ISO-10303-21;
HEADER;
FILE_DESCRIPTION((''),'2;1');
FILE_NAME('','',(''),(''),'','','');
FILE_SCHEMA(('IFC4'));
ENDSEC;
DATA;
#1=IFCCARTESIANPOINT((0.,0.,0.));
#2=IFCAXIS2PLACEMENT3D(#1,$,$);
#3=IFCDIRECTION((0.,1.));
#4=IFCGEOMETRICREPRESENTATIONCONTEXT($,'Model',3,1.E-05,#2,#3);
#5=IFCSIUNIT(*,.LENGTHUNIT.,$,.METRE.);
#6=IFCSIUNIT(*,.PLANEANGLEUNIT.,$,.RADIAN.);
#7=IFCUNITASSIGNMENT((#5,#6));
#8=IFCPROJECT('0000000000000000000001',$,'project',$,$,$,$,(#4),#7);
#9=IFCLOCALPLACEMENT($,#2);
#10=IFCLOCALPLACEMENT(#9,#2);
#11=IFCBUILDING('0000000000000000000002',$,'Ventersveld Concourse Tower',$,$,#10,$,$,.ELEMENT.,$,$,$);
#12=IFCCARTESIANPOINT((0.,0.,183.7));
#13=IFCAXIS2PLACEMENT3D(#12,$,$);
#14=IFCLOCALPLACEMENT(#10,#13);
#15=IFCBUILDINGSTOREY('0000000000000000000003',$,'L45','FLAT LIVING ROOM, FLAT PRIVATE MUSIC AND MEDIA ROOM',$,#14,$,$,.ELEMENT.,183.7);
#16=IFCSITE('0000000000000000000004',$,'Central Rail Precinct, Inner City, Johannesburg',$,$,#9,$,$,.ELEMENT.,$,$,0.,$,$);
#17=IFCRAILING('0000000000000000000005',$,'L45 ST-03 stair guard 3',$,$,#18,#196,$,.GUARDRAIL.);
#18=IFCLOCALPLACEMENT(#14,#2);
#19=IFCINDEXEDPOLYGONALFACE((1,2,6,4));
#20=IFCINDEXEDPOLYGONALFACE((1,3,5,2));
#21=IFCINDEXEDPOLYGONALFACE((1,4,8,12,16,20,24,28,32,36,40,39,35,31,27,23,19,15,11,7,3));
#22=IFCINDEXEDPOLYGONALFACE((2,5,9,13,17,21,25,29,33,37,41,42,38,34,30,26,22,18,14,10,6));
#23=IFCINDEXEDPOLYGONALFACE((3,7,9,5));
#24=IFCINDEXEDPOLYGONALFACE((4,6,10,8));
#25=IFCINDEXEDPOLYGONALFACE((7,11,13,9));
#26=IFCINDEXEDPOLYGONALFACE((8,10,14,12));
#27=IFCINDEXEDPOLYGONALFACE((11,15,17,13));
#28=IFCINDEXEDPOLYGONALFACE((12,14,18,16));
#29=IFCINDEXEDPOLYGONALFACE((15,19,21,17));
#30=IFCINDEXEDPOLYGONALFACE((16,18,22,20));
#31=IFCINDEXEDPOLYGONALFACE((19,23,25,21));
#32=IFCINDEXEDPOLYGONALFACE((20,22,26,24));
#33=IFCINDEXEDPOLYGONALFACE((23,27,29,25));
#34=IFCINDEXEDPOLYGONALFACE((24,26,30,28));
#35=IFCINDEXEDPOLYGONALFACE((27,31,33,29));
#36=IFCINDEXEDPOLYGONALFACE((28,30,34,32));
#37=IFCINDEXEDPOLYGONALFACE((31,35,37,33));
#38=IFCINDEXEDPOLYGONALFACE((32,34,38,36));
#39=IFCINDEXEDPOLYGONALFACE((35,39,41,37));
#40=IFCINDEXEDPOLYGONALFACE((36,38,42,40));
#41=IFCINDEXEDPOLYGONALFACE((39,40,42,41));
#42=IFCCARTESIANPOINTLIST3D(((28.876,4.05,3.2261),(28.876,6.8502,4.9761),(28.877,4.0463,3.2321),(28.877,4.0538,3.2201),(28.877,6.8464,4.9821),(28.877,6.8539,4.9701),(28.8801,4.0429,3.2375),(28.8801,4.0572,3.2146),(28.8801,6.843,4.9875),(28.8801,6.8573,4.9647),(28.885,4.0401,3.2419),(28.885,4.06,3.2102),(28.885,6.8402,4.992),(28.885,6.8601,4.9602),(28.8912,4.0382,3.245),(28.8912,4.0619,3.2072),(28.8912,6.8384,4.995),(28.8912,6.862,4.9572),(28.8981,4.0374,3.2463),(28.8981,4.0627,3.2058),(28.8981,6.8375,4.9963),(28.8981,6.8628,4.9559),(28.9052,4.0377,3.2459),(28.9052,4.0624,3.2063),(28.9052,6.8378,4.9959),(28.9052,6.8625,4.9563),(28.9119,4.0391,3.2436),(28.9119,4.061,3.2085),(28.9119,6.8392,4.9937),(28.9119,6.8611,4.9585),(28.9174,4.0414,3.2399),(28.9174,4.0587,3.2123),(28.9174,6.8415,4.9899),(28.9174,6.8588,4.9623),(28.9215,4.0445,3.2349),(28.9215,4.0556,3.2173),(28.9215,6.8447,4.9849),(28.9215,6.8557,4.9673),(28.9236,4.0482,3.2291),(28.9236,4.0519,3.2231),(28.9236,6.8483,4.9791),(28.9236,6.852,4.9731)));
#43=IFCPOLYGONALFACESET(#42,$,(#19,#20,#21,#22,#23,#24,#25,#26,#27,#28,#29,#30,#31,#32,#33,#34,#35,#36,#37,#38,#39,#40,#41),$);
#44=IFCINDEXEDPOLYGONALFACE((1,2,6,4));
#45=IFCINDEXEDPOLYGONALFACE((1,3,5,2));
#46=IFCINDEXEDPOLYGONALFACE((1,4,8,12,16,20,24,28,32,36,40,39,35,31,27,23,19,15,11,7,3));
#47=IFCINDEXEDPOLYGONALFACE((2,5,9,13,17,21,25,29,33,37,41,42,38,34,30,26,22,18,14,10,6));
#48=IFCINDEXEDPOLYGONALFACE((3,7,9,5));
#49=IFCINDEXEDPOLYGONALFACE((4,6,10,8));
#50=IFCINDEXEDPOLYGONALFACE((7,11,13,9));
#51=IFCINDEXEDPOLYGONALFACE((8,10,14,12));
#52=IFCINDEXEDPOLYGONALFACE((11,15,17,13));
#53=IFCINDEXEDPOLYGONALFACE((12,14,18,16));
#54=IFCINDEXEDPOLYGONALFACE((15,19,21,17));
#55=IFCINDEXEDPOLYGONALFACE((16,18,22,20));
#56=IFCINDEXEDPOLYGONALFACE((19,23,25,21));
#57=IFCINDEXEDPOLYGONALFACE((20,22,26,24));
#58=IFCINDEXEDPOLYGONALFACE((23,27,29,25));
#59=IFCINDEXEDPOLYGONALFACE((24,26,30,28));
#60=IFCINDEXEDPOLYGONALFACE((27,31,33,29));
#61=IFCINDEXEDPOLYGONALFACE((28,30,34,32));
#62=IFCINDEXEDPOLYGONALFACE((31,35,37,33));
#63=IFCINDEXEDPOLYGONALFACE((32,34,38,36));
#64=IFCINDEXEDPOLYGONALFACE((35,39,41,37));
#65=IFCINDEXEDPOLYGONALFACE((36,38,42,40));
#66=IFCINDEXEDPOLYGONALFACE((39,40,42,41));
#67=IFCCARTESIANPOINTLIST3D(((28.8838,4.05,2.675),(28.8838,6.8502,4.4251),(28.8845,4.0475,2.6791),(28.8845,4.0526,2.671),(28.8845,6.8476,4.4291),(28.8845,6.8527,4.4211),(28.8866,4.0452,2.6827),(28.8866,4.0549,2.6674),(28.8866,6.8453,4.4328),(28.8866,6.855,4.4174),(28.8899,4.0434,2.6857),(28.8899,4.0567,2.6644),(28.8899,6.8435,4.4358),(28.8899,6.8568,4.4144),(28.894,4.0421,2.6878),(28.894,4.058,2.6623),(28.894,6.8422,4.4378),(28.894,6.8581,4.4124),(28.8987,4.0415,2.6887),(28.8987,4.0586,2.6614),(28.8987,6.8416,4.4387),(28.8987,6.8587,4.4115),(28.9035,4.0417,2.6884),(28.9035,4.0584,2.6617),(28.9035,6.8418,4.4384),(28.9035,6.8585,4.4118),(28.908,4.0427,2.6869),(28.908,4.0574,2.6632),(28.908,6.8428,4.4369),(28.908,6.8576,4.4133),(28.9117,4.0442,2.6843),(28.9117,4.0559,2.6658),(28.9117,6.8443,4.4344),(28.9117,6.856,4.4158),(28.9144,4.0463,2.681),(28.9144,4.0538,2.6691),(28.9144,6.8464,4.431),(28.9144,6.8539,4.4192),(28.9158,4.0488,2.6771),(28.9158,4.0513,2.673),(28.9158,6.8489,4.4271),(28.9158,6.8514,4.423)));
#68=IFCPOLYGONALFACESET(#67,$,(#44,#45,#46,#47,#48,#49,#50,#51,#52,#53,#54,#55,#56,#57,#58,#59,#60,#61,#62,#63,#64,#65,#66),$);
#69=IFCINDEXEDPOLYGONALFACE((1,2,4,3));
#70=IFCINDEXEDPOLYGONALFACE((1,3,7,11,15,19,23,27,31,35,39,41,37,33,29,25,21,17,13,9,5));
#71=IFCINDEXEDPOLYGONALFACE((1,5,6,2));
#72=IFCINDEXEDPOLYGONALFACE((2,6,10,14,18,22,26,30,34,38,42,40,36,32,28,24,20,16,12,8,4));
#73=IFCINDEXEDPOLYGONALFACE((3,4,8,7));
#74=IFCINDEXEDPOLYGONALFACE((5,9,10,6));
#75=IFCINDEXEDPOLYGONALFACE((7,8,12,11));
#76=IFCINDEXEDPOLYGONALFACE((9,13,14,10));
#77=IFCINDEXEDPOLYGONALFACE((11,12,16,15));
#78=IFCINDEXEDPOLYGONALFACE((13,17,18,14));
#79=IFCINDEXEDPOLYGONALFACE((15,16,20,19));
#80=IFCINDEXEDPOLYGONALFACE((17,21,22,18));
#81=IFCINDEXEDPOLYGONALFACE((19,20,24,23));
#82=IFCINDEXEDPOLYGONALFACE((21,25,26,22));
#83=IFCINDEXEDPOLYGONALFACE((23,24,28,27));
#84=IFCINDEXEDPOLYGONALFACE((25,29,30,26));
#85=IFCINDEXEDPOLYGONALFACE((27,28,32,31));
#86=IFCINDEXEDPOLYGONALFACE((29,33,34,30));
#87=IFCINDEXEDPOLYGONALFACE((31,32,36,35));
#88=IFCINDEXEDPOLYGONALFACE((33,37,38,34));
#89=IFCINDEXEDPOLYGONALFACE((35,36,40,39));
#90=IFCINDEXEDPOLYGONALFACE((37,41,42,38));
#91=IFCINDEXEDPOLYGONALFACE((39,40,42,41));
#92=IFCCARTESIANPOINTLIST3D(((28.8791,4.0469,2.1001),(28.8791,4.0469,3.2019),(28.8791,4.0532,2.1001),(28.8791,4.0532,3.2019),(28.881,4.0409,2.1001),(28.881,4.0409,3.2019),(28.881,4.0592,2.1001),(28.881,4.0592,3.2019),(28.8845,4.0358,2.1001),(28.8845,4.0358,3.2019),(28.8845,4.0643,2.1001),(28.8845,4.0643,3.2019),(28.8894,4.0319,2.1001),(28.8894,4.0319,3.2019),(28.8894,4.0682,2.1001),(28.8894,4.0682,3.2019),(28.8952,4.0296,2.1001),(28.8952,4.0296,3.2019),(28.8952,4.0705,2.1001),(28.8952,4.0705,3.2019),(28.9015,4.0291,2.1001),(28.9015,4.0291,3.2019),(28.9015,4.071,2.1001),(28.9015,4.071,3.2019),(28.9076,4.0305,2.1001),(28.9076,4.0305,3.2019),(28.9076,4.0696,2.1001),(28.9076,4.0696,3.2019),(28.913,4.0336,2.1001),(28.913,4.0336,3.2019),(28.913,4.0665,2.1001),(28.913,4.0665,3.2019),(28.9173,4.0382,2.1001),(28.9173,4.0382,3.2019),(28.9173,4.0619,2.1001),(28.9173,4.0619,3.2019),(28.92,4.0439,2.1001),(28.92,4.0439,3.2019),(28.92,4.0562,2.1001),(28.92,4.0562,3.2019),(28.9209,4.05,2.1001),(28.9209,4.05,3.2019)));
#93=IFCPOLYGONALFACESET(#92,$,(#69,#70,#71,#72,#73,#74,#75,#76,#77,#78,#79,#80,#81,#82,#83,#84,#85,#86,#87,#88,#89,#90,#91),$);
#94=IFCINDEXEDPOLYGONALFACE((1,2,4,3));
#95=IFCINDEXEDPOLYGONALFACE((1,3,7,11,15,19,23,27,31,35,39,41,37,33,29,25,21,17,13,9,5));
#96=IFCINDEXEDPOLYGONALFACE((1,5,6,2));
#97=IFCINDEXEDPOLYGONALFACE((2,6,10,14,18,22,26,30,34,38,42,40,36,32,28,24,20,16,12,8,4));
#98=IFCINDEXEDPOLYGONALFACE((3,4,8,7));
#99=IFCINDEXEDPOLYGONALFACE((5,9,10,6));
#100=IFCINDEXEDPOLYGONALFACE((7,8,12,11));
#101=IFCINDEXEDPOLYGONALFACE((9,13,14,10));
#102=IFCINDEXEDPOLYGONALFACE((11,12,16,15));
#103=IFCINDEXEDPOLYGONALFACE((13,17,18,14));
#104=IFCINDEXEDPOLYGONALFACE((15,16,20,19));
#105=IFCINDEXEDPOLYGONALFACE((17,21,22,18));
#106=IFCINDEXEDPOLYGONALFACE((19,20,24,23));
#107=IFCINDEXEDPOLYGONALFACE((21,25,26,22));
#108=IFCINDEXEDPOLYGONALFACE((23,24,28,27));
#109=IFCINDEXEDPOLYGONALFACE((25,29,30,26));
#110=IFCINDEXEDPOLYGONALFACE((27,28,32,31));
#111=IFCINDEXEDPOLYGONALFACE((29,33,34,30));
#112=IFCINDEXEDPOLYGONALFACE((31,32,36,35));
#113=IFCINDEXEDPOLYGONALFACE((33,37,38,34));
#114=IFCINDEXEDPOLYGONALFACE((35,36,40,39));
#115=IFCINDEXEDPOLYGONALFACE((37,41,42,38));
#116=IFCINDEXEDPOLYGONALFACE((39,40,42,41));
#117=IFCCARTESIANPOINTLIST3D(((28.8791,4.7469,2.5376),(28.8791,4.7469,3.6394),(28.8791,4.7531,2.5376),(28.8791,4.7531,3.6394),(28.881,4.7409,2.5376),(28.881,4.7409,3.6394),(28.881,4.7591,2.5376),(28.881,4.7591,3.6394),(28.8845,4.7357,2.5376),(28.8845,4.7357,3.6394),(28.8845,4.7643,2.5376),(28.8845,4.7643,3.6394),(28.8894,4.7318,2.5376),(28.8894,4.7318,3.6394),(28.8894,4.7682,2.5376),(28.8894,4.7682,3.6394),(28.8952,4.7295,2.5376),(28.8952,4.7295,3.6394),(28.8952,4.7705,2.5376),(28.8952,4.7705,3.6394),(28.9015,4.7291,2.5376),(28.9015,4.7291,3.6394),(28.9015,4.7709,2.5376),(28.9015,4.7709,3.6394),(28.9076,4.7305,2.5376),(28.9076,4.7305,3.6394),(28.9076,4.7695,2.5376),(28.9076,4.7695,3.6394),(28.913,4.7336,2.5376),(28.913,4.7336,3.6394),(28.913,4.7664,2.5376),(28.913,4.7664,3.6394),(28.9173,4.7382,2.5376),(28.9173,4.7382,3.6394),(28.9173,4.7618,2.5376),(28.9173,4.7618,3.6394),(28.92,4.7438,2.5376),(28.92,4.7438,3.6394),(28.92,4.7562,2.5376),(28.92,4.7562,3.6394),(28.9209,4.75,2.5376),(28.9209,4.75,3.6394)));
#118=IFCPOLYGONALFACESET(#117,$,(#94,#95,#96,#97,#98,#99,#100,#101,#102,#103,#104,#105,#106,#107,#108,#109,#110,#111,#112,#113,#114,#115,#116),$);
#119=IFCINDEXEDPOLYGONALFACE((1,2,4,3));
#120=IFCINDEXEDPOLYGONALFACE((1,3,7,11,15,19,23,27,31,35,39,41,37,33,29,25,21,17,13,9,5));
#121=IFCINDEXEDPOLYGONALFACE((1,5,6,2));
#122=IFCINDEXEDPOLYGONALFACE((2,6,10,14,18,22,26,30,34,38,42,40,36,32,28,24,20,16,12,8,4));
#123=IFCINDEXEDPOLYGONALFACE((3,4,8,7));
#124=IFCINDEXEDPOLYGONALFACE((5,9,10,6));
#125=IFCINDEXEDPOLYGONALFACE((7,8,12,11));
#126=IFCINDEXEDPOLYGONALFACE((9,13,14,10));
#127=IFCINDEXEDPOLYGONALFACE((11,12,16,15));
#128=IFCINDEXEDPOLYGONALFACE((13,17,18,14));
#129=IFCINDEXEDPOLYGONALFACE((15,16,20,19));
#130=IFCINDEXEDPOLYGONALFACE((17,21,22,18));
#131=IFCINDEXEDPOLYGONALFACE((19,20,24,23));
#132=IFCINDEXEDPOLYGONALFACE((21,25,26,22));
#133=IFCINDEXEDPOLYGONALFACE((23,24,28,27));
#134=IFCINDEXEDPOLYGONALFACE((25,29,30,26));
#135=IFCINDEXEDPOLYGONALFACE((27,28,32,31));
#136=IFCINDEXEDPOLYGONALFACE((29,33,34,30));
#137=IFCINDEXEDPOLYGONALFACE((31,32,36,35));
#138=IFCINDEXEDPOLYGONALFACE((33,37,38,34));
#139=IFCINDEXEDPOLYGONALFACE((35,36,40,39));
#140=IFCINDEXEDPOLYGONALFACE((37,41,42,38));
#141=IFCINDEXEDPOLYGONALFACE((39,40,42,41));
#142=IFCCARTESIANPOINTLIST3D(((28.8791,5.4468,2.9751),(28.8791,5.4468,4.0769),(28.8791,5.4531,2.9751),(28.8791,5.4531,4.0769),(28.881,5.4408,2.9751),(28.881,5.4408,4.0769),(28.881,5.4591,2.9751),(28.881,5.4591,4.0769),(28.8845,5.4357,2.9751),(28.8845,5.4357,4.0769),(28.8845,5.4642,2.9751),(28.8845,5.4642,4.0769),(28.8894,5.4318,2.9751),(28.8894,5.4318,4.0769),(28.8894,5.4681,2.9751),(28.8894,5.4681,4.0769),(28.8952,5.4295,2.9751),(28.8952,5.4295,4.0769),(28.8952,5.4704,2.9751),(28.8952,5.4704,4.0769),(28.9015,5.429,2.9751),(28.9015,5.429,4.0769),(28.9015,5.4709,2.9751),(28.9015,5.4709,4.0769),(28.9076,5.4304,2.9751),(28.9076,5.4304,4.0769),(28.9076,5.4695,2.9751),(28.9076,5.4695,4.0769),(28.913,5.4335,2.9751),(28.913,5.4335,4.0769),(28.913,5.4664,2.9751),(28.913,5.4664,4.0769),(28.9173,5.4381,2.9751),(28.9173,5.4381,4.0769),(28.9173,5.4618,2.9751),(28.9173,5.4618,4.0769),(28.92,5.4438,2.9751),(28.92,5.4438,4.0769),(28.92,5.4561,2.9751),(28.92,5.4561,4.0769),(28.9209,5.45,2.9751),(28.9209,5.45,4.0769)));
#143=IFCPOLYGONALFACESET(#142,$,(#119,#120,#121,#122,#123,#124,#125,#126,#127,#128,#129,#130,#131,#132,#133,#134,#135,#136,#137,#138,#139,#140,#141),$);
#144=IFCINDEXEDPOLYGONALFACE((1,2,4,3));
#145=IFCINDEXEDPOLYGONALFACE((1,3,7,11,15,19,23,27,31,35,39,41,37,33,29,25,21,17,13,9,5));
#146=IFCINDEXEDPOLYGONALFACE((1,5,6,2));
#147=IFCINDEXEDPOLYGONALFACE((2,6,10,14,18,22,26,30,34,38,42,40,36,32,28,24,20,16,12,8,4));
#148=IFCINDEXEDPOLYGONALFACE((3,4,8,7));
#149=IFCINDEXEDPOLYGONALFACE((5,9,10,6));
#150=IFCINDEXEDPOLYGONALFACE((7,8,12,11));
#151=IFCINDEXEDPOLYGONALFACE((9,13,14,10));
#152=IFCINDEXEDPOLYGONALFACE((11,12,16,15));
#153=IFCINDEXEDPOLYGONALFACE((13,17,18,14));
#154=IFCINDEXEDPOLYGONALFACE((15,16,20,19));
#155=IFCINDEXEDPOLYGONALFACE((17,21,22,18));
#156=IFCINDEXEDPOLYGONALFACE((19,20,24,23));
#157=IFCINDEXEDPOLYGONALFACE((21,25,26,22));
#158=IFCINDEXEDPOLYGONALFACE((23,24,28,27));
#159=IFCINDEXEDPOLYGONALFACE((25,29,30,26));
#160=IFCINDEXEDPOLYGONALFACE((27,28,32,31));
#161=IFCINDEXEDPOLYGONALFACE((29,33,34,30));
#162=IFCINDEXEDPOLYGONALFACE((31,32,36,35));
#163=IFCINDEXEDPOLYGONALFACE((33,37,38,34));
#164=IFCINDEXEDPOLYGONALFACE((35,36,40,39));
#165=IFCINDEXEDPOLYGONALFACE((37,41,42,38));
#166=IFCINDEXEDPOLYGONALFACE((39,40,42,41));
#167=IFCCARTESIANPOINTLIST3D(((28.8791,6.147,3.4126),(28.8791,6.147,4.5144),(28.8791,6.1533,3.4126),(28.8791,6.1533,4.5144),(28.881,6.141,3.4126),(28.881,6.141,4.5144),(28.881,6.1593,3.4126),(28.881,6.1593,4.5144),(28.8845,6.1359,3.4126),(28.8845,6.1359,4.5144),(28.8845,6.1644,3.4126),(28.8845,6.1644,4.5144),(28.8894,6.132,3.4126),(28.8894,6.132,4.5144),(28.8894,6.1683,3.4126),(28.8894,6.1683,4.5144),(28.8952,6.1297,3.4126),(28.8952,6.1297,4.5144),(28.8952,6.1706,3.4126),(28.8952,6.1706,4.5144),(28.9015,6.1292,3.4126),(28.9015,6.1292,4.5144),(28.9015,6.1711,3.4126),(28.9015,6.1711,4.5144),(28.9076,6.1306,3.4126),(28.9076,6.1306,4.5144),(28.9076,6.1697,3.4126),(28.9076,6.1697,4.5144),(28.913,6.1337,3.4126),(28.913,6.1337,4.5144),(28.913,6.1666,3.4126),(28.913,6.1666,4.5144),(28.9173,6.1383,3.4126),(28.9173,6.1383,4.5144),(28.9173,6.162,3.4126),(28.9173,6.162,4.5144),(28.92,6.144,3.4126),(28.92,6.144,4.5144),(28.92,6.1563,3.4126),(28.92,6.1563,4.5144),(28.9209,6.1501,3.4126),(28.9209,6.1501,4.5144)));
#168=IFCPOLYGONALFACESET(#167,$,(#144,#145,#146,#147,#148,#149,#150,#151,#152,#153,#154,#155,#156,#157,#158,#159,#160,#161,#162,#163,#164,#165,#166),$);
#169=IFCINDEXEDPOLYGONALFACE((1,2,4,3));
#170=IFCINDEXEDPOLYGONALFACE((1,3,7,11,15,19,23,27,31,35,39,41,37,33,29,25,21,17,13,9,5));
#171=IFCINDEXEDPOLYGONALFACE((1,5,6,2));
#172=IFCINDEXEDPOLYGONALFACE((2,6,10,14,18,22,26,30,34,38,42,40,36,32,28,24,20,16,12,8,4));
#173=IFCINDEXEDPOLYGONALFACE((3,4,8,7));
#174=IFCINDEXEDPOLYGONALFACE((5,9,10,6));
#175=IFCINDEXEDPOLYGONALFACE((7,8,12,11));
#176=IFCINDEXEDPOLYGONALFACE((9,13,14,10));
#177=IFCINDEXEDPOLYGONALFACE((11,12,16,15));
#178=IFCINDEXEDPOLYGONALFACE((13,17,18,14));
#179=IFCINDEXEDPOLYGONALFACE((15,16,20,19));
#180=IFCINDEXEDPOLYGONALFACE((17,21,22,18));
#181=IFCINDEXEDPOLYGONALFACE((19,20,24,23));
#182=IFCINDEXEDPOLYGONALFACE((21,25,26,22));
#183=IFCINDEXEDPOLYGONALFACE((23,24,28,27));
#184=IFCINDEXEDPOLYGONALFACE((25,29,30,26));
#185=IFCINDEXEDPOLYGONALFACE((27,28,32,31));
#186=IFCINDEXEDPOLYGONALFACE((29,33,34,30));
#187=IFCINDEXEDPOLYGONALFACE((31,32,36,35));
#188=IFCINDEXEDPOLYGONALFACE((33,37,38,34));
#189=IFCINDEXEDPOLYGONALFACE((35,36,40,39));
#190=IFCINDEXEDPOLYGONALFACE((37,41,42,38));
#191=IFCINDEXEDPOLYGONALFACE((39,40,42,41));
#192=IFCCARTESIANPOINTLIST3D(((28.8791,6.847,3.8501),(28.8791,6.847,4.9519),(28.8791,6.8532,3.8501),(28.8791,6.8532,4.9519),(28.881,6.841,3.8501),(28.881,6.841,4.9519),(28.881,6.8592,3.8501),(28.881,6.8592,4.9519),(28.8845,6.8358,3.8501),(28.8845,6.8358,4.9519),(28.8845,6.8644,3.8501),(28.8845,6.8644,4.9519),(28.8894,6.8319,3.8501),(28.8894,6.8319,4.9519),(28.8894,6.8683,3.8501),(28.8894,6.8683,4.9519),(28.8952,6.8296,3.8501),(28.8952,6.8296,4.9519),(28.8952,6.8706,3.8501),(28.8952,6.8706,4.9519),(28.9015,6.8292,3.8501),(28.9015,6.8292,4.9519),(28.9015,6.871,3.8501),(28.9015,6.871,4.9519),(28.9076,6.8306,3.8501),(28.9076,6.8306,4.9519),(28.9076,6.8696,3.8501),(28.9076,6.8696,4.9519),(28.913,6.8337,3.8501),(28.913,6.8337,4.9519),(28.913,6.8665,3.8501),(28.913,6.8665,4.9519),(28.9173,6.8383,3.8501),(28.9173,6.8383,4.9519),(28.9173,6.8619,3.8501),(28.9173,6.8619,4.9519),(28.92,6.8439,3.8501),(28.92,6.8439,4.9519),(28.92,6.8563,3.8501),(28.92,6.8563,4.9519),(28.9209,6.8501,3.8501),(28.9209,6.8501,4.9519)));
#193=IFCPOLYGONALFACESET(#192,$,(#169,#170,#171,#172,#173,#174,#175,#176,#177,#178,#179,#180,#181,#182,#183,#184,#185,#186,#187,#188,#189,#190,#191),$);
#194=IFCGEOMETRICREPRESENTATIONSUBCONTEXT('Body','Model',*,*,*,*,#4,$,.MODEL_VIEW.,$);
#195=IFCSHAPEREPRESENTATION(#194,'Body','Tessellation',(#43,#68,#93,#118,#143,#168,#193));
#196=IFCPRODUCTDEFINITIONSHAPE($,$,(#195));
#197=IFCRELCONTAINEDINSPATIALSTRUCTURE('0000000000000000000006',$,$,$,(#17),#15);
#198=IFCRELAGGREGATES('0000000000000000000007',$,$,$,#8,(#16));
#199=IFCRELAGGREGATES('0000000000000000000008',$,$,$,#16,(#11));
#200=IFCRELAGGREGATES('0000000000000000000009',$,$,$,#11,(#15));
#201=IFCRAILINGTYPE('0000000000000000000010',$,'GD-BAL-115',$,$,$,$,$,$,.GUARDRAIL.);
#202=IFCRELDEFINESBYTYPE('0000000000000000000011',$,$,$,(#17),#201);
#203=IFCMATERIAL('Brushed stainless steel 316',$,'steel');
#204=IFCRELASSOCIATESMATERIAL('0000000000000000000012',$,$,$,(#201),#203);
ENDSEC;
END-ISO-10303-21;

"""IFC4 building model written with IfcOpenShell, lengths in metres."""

from ifc_helpers import new_model, si_unit, direction, frame, origin, origin_2d, place, context, subcontext, project, spatial, circle, extrude, material, type_object, element, save


model = new_model("IFC4")

# Units and contexts
model_context = context("Model", 3, precision=1e-05, world=origin(), true_north=direction((0.0, 1.0)))
body_context = subcontext(model_context, "Body", "Model", "MODEL_VIEW")
ifc_project = project(units=[si_unit("LENGTHUNIT", "METRE"), si_unit("PLANEANGLEUNIT", "RADIAN")], contexts=[model_context])

# Site, building, storey
site_placement = place(None, origin())
site = spatial("IfcSite", under=ifc_project, at=site_placement, Name="Central Rail Precinct, Inner City, Johannesburg", CompositionType="ELEMENT", RefElevation=0.0)
building_placement = place(site_placement, origin())
building = spatial("IfcBuilding", under=site, at=building_placement, Name="Ventersveld Concourse Tower", CompositionType="ELEMENT")
storey_placement = place(building_placement, frame((0.0, 0.0, 183.7)))
storey = spatial("IfcBuildingStorey", under=building, at=storey_placement, Name="L45", Description="FLAT LIVING ROOM, FLAT PRIVATE MUSIC AND MEDIA ROOM", CompositionType="ELEMENT", Elevation=183.7)

# Shared definitions
ifc_material_1 = material(Name="Brushed stainless steel 316", Category="steel")

# Railing
railing_type_1 = type_object("IfcRailingType", Name="GD-BAL-115", PredefinedType="GUARDRAIL", material=ifc_material_1)
railing_1_placement = place(storey_placement, frame((28.8999, 4.05, 2.1001)))
element("IfcRailing", 1, at=railing_1_placement, inside=storey, type_object=railing_type_1, Name="L45 ST-03 stair guard 3", PredefinedType="GUARDRAIL", context=body_context, shape_type="SweptSolid", body=[
    extrude(circle(Radius=0.0239, at=origin_2d()), frame((0.0, 0.0, 1.126), z_axis=(0.0, 0.848002, 0.529992), x_axis=(-1.0, 0.0, 0.0)), (0.0, 0.0, 1.0), 3.302),
    extrude(circle(Radius=0.0161, at=origin_2d()), frame((0.0, 0.0, 0.575), z_axis=(0.0, 0.848002, 0.529992), x_axis=(-1.0, 0.0, 0.0)), (0.0, 0.0, 1.0), 3.302),
    extrude(circle(Radius=0.021, at=origin_2d()), origin(), (0.0, 0.0, 1.0), 1.1018),
    extrude(circle(Radius=0.021, at=origin_2d()), frame((0.0, 0.7, 0.4375)), (0.0, 0.0, 1.0), 1.1018),
    extrude(circle(Radius=0.021, at=origin_2d()), frame((0.0, 1.3999, 0.875)), (0.0, 0.0, 1.0), 1.1018),
    extrude(circle(Radius=0.021, at=origin_2d()), frame((0.0, 2.1001, 1.3125)), (0.0, 0.0, 1.0), 1.1018),
    extrude(circle(Radius=0.021, at=origin_2d()), frame((0.0, 2.8, 1.75)), (0.0, 0.0, 1.0), 1.1018),
])

save(model, "model.ifc")
